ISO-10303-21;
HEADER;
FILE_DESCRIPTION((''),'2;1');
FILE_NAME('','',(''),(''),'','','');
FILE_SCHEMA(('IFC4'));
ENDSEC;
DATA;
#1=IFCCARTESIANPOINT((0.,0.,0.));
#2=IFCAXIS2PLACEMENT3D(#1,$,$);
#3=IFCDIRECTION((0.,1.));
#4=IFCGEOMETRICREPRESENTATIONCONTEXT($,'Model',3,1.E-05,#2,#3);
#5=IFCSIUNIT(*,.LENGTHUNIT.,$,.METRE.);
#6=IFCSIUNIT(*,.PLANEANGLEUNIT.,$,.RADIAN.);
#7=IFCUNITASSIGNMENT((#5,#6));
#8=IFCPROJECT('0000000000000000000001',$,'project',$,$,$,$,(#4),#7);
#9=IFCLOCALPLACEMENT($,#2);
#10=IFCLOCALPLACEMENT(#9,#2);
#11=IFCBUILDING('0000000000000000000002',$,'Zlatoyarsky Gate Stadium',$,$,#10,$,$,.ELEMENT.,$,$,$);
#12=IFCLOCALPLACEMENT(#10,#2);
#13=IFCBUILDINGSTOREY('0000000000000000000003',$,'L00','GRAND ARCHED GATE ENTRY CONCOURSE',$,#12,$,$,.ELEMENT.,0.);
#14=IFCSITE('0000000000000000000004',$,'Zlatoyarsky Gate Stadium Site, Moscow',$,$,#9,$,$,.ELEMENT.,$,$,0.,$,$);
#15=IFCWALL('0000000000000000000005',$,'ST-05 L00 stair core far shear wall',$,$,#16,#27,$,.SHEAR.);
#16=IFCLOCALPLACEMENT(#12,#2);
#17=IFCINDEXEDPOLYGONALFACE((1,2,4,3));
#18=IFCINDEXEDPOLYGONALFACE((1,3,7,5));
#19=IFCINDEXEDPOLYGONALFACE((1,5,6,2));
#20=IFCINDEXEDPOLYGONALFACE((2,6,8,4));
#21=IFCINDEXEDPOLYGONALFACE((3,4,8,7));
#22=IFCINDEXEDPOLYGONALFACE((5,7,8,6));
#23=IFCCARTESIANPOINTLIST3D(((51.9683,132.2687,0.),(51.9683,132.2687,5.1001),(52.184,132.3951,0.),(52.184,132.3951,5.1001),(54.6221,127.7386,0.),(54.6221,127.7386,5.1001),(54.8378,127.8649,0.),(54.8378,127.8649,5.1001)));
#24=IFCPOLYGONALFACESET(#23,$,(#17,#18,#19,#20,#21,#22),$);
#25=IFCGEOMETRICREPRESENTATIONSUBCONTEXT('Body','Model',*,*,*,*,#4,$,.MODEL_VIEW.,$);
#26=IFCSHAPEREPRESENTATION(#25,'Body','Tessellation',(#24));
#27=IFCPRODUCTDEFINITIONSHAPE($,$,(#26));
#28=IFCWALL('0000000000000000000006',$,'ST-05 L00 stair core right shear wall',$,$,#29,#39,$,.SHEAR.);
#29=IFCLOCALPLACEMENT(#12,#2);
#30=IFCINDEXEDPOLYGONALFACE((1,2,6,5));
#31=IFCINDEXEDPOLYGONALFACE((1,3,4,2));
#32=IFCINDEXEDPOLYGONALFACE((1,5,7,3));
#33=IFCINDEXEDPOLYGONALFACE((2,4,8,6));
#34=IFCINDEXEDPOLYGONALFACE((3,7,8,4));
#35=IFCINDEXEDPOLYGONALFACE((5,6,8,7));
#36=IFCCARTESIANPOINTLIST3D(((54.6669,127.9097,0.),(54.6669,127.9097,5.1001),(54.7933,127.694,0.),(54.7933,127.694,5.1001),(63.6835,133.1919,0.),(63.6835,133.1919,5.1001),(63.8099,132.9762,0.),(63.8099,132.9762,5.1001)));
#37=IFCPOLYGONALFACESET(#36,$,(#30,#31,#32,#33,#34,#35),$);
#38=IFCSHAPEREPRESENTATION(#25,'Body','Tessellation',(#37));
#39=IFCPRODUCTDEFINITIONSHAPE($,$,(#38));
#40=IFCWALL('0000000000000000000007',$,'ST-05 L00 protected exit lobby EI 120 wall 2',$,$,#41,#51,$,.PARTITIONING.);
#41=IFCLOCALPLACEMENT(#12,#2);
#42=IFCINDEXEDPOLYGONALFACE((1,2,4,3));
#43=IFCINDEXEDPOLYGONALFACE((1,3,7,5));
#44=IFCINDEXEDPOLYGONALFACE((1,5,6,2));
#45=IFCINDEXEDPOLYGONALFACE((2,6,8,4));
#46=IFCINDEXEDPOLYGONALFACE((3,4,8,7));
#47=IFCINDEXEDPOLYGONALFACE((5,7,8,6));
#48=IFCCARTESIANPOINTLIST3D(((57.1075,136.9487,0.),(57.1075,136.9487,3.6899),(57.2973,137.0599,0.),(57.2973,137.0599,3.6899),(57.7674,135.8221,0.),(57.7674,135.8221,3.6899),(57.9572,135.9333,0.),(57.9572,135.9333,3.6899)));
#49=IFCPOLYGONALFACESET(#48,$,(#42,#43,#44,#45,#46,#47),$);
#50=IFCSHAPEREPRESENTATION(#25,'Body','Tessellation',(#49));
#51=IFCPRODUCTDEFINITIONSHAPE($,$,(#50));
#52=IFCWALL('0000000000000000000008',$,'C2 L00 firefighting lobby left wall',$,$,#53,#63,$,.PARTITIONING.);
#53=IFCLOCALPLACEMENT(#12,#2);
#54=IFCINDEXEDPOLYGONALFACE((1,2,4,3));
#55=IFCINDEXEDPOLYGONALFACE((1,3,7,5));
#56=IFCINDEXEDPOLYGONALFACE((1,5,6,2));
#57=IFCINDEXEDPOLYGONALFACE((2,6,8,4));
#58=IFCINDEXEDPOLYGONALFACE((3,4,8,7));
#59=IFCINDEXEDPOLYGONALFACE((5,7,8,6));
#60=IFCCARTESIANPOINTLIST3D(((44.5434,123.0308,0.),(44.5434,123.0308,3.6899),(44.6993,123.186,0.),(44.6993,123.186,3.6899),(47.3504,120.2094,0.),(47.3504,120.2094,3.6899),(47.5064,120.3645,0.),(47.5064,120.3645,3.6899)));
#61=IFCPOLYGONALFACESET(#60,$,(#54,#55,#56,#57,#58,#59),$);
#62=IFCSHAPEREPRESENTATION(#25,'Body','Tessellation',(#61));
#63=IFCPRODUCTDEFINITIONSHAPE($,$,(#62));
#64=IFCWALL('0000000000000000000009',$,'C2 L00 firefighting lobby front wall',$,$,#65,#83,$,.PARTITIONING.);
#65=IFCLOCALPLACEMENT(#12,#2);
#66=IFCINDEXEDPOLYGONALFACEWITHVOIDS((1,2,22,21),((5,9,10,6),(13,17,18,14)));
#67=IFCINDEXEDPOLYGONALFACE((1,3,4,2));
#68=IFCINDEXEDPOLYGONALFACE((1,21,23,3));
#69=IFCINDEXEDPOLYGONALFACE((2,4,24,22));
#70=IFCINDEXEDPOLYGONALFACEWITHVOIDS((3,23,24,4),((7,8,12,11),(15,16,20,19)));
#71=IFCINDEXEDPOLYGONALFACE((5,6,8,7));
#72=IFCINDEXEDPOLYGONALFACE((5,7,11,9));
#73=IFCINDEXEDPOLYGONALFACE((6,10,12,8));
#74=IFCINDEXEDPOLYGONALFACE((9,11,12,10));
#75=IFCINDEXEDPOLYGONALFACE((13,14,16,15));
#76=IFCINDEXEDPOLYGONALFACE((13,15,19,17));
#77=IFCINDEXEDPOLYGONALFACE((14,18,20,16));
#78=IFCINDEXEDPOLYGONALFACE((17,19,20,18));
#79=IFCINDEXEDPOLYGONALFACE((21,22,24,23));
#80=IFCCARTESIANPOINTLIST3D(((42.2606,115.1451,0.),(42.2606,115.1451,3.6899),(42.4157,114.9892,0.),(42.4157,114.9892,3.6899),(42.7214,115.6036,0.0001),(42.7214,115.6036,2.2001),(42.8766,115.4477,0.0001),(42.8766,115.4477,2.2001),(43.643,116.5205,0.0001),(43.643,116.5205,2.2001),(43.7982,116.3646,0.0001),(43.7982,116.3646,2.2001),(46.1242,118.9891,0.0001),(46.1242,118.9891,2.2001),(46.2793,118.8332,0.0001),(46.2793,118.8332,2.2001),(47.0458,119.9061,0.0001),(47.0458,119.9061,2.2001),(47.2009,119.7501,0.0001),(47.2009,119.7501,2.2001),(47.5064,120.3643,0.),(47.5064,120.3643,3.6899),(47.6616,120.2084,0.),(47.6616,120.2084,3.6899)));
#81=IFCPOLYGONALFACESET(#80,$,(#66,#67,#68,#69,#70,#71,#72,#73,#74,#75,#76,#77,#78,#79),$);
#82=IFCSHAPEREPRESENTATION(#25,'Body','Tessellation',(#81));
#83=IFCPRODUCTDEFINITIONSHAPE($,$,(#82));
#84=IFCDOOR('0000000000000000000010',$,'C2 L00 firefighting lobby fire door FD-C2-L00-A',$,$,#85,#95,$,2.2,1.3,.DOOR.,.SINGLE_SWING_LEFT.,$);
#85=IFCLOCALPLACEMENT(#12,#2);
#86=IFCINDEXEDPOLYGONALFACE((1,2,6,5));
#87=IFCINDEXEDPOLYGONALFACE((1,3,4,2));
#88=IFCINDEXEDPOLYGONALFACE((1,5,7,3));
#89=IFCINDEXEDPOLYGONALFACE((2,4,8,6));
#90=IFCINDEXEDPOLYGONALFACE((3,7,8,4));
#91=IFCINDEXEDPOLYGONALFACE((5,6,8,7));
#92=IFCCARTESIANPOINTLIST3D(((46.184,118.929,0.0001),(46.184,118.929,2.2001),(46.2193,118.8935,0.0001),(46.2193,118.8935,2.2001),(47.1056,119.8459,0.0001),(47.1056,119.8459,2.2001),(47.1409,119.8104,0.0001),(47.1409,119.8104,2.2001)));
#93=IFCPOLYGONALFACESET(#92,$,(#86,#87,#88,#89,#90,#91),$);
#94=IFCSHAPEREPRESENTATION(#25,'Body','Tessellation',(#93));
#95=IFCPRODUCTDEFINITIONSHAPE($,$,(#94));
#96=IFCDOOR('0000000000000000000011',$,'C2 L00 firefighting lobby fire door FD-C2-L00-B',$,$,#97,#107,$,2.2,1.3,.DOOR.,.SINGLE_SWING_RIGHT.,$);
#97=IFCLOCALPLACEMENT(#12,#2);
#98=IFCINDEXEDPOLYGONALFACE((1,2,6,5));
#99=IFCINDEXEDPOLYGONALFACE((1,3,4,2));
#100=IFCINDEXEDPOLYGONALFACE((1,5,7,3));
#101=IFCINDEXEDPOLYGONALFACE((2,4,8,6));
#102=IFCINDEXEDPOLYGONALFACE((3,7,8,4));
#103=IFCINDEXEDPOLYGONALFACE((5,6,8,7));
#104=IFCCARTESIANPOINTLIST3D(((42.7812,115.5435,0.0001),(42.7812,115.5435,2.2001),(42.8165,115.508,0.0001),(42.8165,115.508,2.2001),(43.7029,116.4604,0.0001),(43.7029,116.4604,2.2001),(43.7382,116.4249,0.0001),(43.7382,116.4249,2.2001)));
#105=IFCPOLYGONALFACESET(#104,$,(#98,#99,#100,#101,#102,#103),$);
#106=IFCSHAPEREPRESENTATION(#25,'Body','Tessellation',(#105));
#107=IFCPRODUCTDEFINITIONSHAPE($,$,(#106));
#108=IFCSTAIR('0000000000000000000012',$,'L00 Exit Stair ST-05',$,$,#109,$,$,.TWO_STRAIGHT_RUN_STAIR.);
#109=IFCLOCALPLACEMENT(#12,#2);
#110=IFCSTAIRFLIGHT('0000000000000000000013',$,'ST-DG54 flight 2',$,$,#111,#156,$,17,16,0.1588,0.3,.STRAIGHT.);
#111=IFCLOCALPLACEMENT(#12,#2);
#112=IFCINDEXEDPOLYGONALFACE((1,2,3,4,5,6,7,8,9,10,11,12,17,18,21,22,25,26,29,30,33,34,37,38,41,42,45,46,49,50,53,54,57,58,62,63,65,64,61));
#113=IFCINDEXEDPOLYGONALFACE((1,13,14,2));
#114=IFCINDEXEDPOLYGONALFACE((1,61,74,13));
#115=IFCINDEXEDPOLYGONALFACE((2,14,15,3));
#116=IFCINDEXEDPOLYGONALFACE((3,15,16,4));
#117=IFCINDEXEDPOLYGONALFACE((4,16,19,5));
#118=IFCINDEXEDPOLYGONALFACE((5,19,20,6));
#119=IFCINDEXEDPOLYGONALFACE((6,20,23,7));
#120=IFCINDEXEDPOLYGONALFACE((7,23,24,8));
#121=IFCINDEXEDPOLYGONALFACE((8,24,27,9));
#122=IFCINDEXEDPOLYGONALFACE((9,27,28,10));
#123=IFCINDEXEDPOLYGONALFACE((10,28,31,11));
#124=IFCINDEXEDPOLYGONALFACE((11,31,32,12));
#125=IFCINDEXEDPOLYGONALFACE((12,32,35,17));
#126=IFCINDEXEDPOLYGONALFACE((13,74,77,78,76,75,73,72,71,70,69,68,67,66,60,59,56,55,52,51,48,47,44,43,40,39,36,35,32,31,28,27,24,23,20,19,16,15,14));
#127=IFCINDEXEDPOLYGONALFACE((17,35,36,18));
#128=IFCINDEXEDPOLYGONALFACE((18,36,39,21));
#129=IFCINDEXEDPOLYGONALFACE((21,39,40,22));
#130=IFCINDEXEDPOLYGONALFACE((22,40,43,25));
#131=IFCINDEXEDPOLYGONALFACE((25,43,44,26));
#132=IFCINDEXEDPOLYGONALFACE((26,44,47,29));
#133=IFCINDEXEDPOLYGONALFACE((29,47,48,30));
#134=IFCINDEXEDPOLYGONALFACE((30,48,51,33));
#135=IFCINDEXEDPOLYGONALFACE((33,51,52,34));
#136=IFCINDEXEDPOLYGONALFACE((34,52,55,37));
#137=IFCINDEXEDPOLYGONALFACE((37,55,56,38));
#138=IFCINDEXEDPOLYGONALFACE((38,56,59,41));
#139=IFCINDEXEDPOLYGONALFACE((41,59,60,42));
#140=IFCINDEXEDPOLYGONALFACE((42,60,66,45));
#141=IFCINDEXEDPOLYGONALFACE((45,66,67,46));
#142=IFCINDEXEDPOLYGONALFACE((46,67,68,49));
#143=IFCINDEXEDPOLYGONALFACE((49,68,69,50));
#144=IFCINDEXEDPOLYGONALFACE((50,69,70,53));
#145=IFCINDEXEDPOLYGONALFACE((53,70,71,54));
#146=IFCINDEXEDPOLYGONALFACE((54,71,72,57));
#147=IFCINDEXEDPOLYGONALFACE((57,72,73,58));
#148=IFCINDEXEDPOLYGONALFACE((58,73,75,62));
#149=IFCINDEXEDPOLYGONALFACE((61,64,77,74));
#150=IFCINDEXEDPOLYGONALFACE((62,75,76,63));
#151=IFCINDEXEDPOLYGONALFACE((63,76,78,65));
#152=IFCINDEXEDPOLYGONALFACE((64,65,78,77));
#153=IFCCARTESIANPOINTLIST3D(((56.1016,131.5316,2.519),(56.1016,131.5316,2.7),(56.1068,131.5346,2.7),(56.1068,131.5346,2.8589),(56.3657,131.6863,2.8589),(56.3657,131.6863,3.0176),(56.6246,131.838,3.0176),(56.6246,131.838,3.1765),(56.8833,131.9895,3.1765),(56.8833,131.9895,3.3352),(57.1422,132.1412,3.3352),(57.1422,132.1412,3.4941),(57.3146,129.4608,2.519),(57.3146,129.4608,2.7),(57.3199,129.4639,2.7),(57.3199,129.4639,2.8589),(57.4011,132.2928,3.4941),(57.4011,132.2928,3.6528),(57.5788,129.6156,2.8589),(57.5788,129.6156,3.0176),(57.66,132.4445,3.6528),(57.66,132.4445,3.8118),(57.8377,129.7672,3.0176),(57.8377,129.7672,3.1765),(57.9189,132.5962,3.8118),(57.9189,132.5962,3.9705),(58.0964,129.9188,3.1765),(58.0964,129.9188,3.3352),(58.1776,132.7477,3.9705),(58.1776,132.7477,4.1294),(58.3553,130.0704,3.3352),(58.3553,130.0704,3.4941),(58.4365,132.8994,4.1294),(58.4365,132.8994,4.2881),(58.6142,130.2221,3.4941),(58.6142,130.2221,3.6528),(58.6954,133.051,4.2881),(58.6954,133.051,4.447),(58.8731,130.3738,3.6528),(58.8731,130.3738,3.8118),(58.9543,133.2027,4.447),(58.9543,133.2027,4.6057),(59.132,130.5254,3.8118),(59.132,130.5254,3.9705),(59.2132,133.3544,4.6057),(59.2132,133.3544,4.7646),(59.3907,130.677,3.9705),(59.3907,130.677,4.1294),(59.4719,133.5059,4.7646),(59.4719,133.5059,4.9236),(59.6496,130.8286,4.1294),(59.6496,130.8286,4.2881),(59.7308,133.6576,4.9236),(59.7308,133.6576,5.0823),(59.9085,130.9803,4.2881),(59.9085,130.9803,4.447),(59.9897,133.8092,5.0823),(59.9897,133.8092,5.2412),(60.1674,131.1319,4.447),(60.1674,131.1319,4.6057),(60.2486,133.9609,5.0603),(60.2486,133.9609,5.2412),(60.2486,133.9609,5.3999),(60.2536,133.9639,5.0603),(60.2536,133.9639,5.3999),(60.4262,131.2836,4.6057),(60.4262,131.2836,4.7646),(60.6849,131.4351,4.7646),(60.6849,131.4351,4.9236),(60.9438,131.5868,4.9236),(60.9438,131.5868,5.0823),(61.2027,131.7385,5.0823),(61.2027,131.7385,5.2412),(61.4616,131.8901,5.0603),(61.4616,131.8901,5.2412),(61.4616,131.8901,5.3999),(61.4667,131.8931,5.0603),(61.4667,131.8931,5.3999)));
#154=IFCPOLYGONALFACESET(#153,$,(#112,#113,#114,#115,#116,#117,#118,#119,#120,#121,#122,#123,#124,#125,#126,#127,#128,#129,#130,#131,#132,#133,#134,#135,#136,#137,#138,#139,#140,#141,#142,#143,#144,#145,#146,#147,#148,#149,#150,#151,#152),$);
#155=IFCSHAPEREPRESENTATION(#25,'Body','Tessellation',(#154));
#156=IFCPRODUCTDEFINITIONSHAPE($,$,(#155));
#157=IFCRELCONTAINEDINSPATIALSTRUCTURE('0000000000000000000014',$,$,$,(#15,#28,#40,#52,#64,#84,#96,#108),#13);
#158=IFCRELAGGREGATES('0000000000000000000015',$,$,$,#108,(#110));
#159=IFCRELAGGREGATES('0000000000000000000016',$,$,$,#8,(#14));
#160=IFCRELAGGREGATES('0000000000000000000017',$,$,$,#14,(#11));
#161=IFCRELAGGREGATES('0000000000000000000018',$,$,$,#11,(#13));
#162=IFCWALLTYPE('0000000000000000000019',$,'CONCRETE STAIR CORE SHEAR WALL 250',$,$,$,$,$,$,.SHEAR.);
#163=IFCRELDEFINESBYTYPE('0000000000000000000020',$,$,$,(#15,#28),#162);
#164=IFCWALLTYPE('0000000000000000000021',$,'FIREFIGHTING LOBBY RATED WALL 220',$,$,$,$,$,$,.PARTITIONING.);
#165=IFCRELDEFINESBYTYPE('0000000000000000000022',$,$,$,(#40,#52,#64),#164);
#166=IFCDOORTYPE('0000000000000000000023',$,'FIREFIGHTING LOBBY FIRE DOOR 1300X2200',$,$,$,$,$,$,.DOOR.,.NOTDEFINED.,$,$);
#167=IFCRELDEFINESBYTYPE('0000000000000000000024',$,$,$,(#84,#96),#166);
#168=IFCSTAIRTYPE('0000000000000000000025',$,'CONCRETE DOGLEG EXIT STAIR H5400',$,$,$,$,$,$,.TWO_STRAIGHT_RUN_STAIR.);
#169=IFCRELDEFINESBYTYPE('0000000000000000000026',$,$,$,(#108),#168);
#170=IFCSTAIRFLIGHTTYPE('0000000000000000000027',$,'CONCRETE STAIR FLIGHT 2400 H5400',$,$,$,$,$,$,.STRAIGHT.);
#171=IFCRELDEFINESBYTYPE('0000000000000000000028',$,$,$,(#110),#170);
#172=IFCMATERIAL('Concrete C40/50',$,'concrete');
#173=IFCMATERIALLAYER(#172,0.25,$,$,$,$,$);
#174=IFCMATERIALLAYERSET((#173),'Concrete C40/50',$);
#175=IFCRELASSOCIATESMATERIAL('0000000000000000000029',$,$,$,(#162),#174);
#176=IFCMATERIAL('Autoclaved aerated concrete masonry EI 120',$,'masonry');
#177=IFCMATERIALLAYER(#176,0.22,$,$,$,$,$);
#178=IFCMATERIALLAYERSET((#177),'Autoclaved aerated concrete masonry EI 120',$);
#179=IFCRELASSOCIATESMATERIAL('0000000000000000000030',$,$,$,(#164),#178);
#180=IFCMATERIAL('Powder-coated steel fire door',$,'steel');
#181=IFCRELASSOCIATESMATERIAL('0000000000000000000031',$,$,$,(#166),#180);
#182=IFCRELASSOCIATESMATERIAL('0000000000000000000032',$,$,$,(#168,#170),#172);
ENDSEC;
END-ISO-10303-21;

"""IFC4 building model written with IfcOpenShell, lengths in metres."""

from ifc_helpers import new_model, si_unit, direction, frame, frame_2d, origin, place, context, subcontext, project, spatial, polyline, rectangle, outline, extrude, material, layer, layer_set, type_object, element, fill, aggregate, save


model = new_model("IFC4")

# Units and contexts
model_context = context("Model", 3, precision=1e-05, world=origin(), true_north=direction((0.0, 1.0)))
body_context = subcontext(model_context, "Body", "Model", "MODEL_VIEW")
ifc_project = project(units=[si_unit("LENGTHUNIT", "METRE"), si_unit("PLANEANGLEUNIT", "RADIAN")], contexts=[model_context])

# Site, building, storey
site_placement = place(None, origin())
site = spatial("IfcSite", under=ifc_project, at=site_placement, Name="Zlatoyarsky Gate Stadium Site, Moscow", CompositionType="ELEMENT", RefElevation=0.0)
building_placement = place(site_placement, origin())
building = spatial("IfcBuilding", under=site, at=building_placement, Name="Zlatoyarsky Gate Stadium", CompositionType="ELEMENT")
storey_placement = place(building_placement, origin())
storey = spatial("IfcBuildingStorey", under=building, at=storey_placement, Name="L00", Description="GRAND ARCHED GATE ENTRY CONCOURSE", CompositionType="ELEMENT", Elevation=0.0)

# Shared definitions
ifc_material_1 = material(Name="Concrete C40/50", Category="concrete")

# Shared definitions
ifc_material_2 = material(Name="Powder-coated steel fire door", Category="steel")

# Walls
ifc_layer_1 = layer(ifc_material_1, 0.25)
ifc_layer_set_1 = layer_set([ifc_layer_1], Name="Concrete C40/50")
wall_type_1 = type_object("IfcWallType", Name="CONCRETE STAIR CORE SHEAR WALL 250", PredefinedType="SHEAR", material=ifc_layer_set_1)
wall_1_placement = place(storey_placement, frame((52.0762, 132.3318, 0.0), z_axis=(0.0, 0.0, 1.0), x_axis=(0.505475, -0.862841, 0.0)))
element("IfcWall", 1, at=wall_1_placement, inside=storey, type_object=wall_type_1, Name="ST-05 L00 stair core far shear wall", PredefinedType="SHEAR", context=body_context, shape_type="SweptSolid", body=[
    extrude(rectangle(XDim=5.2502, YDim=0.25, at=frame_2d((2.625, 0.0))), origin(), (0.0, 0.0, 1.0), 5.1001),
])
wall_2_placement = place(storey_placement, frame((54.73, 127.8018, 0.0), z_axis=(0.0, 0.0, 1.0), x_axis=(0.862839, 0.50548, 0.0)))
element("IfcWall", 2, at=wall_2_placement, inside=storey, type_object=wall_type_1, Name="ST-05 L00 stair core right shear wall", PredefinedType="SHEAR", context=body_context, shape_type="SweptSolid", body=[
    extrude(rectangle(XDim=10.45, YDim=0.25, at=frame_2d((5.2251, 0.0))), origin(), (0.0, 0.0, 1.0), 5.1001),
])
ifc_material_3 = material(Name="Autoclaved aerated concrete masonry EI 120", Category="masonry")
ifc_layer_2 = layer(ifc_material_3, 0.22)
ifc_layer_set_2 = layer_set([ifc_layer_2], Name="Autoclaved aerated concrete masonry EI 120")
wall_type_2 = type_object("IfcWallType", Name="FIREFIGHTING LOBBY RATED WALL 220", PredefinedType="PARTITIONING", material=ifc_layer_set_2)
wall_3_placement = place(storey_placement, frame((57.8623, 135.8777, 0.0), z_axis=(0.0, 0.0, 1.0), x_axis=(-0.505393, 0.862889, 0.0)))
element("IfcWall", 3, at=wall_3_placement, inside=storey, type_object=wall_type_2, Name="ST-05 L00 protected exit lobby EI 120 wall 2", PredefinedType="PARTITIONING", context=body_context, shape_type="SweptSolid", body=[
    extrude(rectangle(XDim=1.3057, YDim=0.22, at=frame_2d((0.6528, 0.0))), origin(), (0.0, 0.0, 1.0), 3.6899),
])
wall_4_placement = place(storey_placement, frame((44.6213, 123.1084, 0.0), z_axis=(0.0, 0.0, 1.0), x_axis=(0.705295, -0.708914, 0.0)))
element("IfcWall", 4, at=wall_4_placement, inside=storey, type_object=wall_type_2, Name="C2 L00 firefighting lobby left wall", PredefinedType="PARTITIONING", context=body_context, shape_type="SweptSolid", body=[
    extrude(rectangle(XDim=3.98, YDim=0.22, at=frame_2d((1.99, 0.0))), origin(), (0.0, 0.0, 1.0), 3.6899),
])

# Wall, openings, doors
wall_5_placement = place(storey_placement, frame((47.584, 120.2864, 0.0), z_axis=(0.0, 0.0, 1.0), x_axis=(-0.708903, -0.705306, 0.0)))
wall_5 = element("IfcWall", 5, at=wall_5_placement, inside=storey, type_object=wall_type_2, Name="C2 L00 firefighting lobby front wall", PredefinedType="PARTITIONING", context=body_context, shape_type="SweptSolid", body=[
    extrude(rectangle(XDim=7.3999, YDim=0.22, at=frame_2d((3.7, 0.0))), origin(), (0.0, 0.0, 1.0), 3.6899),
])
opening_1_placement = place(wall_5_placement, frame((0.6499, 0.0, 0.0)))
opening_1 = element("IfcOpeningElement", 6, at=opening_1_placement, cuts=wall_5, PredefinedType="OPENING", context=body_context, shape_type="SweptSolid", body=[
    extrude(rectangle(XDim=1.3, YDim=2.2, at=frame_2d((0.6499, 1.1001))), frame((0.0, 0.1199, 0.0), z_axis=(0.0, -1.0, 0.0), x_axis=(1.0, 0.0, 0.0)), (0.0, 0.0, 1.0), 0.24),
])
opening_2_placement = place(wall_5_placement, frame((5.45, 0.0, 0.0)))
opening_2 = element("IfcOpeningElement", 7, at=opening_2_placement, cuts=wall_5, PredefinedType="OPENING", context=body_context, shape_type="SweptSolid", body=[
    extrude(rectangle(XDim=1.3, YDim=2.2, at=frame_2d((0.6499, 1.1001))), frame((0.0, 0.1199, 0.0), z_axis=(0.0, -1.0, 0.0), x_axis=(1.0, 0.0, 0.0)), (0.0, 0.0, 1.0), 0.24),
])
door_type_1 = type_object("IfcDoorType", Name="FIREFIGHTING LOBBY FIRE DOOR 1300X2200", OperationType="NOTDEFINED", PredefinedType="DOOR", material=ifc_material_2)
door_1_placement = place(opening_1_placement, origin())
door_1 = element("IfcDoor", 8, at=door_1_placement, inside=storey, type_object=door_type_1, Name="C2 L00 firefighting lobby fire door FD-C2-L00-A", OperationType="SINGLE_SWING_LEFT", OverallHeight=2.2, OverallWidth=1.3, PredefinedType="DOOR", context=body_context, shape_type="SweptSolid", body=[
    extrude(rectangle(XDim=1.3, YDim=2.2, at=frame_2d((0.6499, 1.1001))), frame((0.0, 0.0249, 0.0), z_axis=(0.0, -1.0, 0.0), x_axis=(1.0, 0.0, 0.0)), (0.0, 0.0, 1.0), 0.05),
])
fill(opening_1, door_1)
door_2_placement = place(opening_2_placement, origin())
door_2 = element("IfcDoor", 9, at=door_2_placement, inside=storey, type_object=door_type_1, Name="C2 L00 firefighting lobby fire door FD-C2-L00-B", OperationType="SINGLE_SWING_RIGHT", OverallHeight=2.2, OverallWidth=1.3, PredefinedType="DOOR", context=body_context, shape_type="SweptSolid", body=[
    extrude(rectangle(XDim=1.3, YDim=2.2, at=frame_2d((0.6499, 1.1001))), frame((0.0, 0.0249, 0.0), z_axis=(0.0, -1.0, 0.0), x_axis=(1.0, 0.0, 0.0)), (0.0, 0.0, 1.0), 0.05),
])
fill(opening_2, door_2)

# Stair, stair flight
stair_type = type_object("IfcStairType", Name="CONCRETE DOGLEG EXIT STAIR H5400", PredefinedType="TWO_STRAIGHT_RUN_STAIR", material=ifc_material_1)
stair_placement = place(storey_placement, origin())
stair = element("IfcStair", 10, at=stair_placement, inside=storey, type_object=stair_type, Name="L00 Exit Stair ST-05", PredefinedType="TWO_STRAIGHT_RUN_STAIR")
stair_flight_type = type_object("IfcStairFlightType", Name="CONCRETE STAIR FLIGHT 2400 H5400", PredefinedType="STRAIGHT", material=ifc_material_1)
stair_flight_placement = place(storey_placement, frame((56.7134, 130.4993, 2.7), z_axis=(0.0, 0.0, 1.0), x_axis=(0.862848, 0.505463, 0.0)))
stair_flight = element("IfcStairFlight", 11, at=stair_flight_placement, type_object=stair_flight_type, Name="ST-DG54 flight 2", NumberOfRisers=17, NumberOfTreads=16, PredefinedType="STRAIGHT", RiserHeight=0.1588, TreadLength=0.3, context=body_context, shape_type="SweptSolid", body=[
    extrude(outline(polyline([(-0.0061, -0.1809), (-0.0061, 0.0), (0.0, 0.0), (0.0, 0.1589), (0.3, 0.1589), (0.3, 0.3176), (0.6001, 0.3176), (0.6001, 0.4766), (0.8999, 0.4766), (0.8999, 0.6353), (1.2, 0.6353), (1.2, 0.7942), (1.5, 0.7942), (1.5, 0.9529), (1.8, 0.9529), (1.8, 1.1118), (2.1001, 1.1118), (2.1001, 1.2705), (2.3999, 1.2705), (2.3999, 1.4294), (2.7, 1.4294), (2.7, 1.5881), (3.0, 1.5881), (3.0, 1.7471), (3.3, 1.7471), (3.3, 1.9058), (3.6001, 1.9058), (3.6001, 2.0647), (3.8999, 2.0647), (3.8999, 2.2236), (4.2, 2.2236), (4.2, 2.3823), (4.5, 2.3823), (4.5, 2.5413), (4.8, 2.5413), (4.8, 2.7), (4.8059, 2.7), (4.8059, 2.3604), (4.8, 2.3604), (-0.0061, -0.1809)])), frame((0.0, 1.2, 0.0), z_axis=(0.0, -1.0, 0.0), x_axis=(1.0, 0.0, 0.0)), (0.0, 0.0, 1.0), 2.3999),
])
aggregate(stair, [stair_flight])

save(model, "model.ifc")
